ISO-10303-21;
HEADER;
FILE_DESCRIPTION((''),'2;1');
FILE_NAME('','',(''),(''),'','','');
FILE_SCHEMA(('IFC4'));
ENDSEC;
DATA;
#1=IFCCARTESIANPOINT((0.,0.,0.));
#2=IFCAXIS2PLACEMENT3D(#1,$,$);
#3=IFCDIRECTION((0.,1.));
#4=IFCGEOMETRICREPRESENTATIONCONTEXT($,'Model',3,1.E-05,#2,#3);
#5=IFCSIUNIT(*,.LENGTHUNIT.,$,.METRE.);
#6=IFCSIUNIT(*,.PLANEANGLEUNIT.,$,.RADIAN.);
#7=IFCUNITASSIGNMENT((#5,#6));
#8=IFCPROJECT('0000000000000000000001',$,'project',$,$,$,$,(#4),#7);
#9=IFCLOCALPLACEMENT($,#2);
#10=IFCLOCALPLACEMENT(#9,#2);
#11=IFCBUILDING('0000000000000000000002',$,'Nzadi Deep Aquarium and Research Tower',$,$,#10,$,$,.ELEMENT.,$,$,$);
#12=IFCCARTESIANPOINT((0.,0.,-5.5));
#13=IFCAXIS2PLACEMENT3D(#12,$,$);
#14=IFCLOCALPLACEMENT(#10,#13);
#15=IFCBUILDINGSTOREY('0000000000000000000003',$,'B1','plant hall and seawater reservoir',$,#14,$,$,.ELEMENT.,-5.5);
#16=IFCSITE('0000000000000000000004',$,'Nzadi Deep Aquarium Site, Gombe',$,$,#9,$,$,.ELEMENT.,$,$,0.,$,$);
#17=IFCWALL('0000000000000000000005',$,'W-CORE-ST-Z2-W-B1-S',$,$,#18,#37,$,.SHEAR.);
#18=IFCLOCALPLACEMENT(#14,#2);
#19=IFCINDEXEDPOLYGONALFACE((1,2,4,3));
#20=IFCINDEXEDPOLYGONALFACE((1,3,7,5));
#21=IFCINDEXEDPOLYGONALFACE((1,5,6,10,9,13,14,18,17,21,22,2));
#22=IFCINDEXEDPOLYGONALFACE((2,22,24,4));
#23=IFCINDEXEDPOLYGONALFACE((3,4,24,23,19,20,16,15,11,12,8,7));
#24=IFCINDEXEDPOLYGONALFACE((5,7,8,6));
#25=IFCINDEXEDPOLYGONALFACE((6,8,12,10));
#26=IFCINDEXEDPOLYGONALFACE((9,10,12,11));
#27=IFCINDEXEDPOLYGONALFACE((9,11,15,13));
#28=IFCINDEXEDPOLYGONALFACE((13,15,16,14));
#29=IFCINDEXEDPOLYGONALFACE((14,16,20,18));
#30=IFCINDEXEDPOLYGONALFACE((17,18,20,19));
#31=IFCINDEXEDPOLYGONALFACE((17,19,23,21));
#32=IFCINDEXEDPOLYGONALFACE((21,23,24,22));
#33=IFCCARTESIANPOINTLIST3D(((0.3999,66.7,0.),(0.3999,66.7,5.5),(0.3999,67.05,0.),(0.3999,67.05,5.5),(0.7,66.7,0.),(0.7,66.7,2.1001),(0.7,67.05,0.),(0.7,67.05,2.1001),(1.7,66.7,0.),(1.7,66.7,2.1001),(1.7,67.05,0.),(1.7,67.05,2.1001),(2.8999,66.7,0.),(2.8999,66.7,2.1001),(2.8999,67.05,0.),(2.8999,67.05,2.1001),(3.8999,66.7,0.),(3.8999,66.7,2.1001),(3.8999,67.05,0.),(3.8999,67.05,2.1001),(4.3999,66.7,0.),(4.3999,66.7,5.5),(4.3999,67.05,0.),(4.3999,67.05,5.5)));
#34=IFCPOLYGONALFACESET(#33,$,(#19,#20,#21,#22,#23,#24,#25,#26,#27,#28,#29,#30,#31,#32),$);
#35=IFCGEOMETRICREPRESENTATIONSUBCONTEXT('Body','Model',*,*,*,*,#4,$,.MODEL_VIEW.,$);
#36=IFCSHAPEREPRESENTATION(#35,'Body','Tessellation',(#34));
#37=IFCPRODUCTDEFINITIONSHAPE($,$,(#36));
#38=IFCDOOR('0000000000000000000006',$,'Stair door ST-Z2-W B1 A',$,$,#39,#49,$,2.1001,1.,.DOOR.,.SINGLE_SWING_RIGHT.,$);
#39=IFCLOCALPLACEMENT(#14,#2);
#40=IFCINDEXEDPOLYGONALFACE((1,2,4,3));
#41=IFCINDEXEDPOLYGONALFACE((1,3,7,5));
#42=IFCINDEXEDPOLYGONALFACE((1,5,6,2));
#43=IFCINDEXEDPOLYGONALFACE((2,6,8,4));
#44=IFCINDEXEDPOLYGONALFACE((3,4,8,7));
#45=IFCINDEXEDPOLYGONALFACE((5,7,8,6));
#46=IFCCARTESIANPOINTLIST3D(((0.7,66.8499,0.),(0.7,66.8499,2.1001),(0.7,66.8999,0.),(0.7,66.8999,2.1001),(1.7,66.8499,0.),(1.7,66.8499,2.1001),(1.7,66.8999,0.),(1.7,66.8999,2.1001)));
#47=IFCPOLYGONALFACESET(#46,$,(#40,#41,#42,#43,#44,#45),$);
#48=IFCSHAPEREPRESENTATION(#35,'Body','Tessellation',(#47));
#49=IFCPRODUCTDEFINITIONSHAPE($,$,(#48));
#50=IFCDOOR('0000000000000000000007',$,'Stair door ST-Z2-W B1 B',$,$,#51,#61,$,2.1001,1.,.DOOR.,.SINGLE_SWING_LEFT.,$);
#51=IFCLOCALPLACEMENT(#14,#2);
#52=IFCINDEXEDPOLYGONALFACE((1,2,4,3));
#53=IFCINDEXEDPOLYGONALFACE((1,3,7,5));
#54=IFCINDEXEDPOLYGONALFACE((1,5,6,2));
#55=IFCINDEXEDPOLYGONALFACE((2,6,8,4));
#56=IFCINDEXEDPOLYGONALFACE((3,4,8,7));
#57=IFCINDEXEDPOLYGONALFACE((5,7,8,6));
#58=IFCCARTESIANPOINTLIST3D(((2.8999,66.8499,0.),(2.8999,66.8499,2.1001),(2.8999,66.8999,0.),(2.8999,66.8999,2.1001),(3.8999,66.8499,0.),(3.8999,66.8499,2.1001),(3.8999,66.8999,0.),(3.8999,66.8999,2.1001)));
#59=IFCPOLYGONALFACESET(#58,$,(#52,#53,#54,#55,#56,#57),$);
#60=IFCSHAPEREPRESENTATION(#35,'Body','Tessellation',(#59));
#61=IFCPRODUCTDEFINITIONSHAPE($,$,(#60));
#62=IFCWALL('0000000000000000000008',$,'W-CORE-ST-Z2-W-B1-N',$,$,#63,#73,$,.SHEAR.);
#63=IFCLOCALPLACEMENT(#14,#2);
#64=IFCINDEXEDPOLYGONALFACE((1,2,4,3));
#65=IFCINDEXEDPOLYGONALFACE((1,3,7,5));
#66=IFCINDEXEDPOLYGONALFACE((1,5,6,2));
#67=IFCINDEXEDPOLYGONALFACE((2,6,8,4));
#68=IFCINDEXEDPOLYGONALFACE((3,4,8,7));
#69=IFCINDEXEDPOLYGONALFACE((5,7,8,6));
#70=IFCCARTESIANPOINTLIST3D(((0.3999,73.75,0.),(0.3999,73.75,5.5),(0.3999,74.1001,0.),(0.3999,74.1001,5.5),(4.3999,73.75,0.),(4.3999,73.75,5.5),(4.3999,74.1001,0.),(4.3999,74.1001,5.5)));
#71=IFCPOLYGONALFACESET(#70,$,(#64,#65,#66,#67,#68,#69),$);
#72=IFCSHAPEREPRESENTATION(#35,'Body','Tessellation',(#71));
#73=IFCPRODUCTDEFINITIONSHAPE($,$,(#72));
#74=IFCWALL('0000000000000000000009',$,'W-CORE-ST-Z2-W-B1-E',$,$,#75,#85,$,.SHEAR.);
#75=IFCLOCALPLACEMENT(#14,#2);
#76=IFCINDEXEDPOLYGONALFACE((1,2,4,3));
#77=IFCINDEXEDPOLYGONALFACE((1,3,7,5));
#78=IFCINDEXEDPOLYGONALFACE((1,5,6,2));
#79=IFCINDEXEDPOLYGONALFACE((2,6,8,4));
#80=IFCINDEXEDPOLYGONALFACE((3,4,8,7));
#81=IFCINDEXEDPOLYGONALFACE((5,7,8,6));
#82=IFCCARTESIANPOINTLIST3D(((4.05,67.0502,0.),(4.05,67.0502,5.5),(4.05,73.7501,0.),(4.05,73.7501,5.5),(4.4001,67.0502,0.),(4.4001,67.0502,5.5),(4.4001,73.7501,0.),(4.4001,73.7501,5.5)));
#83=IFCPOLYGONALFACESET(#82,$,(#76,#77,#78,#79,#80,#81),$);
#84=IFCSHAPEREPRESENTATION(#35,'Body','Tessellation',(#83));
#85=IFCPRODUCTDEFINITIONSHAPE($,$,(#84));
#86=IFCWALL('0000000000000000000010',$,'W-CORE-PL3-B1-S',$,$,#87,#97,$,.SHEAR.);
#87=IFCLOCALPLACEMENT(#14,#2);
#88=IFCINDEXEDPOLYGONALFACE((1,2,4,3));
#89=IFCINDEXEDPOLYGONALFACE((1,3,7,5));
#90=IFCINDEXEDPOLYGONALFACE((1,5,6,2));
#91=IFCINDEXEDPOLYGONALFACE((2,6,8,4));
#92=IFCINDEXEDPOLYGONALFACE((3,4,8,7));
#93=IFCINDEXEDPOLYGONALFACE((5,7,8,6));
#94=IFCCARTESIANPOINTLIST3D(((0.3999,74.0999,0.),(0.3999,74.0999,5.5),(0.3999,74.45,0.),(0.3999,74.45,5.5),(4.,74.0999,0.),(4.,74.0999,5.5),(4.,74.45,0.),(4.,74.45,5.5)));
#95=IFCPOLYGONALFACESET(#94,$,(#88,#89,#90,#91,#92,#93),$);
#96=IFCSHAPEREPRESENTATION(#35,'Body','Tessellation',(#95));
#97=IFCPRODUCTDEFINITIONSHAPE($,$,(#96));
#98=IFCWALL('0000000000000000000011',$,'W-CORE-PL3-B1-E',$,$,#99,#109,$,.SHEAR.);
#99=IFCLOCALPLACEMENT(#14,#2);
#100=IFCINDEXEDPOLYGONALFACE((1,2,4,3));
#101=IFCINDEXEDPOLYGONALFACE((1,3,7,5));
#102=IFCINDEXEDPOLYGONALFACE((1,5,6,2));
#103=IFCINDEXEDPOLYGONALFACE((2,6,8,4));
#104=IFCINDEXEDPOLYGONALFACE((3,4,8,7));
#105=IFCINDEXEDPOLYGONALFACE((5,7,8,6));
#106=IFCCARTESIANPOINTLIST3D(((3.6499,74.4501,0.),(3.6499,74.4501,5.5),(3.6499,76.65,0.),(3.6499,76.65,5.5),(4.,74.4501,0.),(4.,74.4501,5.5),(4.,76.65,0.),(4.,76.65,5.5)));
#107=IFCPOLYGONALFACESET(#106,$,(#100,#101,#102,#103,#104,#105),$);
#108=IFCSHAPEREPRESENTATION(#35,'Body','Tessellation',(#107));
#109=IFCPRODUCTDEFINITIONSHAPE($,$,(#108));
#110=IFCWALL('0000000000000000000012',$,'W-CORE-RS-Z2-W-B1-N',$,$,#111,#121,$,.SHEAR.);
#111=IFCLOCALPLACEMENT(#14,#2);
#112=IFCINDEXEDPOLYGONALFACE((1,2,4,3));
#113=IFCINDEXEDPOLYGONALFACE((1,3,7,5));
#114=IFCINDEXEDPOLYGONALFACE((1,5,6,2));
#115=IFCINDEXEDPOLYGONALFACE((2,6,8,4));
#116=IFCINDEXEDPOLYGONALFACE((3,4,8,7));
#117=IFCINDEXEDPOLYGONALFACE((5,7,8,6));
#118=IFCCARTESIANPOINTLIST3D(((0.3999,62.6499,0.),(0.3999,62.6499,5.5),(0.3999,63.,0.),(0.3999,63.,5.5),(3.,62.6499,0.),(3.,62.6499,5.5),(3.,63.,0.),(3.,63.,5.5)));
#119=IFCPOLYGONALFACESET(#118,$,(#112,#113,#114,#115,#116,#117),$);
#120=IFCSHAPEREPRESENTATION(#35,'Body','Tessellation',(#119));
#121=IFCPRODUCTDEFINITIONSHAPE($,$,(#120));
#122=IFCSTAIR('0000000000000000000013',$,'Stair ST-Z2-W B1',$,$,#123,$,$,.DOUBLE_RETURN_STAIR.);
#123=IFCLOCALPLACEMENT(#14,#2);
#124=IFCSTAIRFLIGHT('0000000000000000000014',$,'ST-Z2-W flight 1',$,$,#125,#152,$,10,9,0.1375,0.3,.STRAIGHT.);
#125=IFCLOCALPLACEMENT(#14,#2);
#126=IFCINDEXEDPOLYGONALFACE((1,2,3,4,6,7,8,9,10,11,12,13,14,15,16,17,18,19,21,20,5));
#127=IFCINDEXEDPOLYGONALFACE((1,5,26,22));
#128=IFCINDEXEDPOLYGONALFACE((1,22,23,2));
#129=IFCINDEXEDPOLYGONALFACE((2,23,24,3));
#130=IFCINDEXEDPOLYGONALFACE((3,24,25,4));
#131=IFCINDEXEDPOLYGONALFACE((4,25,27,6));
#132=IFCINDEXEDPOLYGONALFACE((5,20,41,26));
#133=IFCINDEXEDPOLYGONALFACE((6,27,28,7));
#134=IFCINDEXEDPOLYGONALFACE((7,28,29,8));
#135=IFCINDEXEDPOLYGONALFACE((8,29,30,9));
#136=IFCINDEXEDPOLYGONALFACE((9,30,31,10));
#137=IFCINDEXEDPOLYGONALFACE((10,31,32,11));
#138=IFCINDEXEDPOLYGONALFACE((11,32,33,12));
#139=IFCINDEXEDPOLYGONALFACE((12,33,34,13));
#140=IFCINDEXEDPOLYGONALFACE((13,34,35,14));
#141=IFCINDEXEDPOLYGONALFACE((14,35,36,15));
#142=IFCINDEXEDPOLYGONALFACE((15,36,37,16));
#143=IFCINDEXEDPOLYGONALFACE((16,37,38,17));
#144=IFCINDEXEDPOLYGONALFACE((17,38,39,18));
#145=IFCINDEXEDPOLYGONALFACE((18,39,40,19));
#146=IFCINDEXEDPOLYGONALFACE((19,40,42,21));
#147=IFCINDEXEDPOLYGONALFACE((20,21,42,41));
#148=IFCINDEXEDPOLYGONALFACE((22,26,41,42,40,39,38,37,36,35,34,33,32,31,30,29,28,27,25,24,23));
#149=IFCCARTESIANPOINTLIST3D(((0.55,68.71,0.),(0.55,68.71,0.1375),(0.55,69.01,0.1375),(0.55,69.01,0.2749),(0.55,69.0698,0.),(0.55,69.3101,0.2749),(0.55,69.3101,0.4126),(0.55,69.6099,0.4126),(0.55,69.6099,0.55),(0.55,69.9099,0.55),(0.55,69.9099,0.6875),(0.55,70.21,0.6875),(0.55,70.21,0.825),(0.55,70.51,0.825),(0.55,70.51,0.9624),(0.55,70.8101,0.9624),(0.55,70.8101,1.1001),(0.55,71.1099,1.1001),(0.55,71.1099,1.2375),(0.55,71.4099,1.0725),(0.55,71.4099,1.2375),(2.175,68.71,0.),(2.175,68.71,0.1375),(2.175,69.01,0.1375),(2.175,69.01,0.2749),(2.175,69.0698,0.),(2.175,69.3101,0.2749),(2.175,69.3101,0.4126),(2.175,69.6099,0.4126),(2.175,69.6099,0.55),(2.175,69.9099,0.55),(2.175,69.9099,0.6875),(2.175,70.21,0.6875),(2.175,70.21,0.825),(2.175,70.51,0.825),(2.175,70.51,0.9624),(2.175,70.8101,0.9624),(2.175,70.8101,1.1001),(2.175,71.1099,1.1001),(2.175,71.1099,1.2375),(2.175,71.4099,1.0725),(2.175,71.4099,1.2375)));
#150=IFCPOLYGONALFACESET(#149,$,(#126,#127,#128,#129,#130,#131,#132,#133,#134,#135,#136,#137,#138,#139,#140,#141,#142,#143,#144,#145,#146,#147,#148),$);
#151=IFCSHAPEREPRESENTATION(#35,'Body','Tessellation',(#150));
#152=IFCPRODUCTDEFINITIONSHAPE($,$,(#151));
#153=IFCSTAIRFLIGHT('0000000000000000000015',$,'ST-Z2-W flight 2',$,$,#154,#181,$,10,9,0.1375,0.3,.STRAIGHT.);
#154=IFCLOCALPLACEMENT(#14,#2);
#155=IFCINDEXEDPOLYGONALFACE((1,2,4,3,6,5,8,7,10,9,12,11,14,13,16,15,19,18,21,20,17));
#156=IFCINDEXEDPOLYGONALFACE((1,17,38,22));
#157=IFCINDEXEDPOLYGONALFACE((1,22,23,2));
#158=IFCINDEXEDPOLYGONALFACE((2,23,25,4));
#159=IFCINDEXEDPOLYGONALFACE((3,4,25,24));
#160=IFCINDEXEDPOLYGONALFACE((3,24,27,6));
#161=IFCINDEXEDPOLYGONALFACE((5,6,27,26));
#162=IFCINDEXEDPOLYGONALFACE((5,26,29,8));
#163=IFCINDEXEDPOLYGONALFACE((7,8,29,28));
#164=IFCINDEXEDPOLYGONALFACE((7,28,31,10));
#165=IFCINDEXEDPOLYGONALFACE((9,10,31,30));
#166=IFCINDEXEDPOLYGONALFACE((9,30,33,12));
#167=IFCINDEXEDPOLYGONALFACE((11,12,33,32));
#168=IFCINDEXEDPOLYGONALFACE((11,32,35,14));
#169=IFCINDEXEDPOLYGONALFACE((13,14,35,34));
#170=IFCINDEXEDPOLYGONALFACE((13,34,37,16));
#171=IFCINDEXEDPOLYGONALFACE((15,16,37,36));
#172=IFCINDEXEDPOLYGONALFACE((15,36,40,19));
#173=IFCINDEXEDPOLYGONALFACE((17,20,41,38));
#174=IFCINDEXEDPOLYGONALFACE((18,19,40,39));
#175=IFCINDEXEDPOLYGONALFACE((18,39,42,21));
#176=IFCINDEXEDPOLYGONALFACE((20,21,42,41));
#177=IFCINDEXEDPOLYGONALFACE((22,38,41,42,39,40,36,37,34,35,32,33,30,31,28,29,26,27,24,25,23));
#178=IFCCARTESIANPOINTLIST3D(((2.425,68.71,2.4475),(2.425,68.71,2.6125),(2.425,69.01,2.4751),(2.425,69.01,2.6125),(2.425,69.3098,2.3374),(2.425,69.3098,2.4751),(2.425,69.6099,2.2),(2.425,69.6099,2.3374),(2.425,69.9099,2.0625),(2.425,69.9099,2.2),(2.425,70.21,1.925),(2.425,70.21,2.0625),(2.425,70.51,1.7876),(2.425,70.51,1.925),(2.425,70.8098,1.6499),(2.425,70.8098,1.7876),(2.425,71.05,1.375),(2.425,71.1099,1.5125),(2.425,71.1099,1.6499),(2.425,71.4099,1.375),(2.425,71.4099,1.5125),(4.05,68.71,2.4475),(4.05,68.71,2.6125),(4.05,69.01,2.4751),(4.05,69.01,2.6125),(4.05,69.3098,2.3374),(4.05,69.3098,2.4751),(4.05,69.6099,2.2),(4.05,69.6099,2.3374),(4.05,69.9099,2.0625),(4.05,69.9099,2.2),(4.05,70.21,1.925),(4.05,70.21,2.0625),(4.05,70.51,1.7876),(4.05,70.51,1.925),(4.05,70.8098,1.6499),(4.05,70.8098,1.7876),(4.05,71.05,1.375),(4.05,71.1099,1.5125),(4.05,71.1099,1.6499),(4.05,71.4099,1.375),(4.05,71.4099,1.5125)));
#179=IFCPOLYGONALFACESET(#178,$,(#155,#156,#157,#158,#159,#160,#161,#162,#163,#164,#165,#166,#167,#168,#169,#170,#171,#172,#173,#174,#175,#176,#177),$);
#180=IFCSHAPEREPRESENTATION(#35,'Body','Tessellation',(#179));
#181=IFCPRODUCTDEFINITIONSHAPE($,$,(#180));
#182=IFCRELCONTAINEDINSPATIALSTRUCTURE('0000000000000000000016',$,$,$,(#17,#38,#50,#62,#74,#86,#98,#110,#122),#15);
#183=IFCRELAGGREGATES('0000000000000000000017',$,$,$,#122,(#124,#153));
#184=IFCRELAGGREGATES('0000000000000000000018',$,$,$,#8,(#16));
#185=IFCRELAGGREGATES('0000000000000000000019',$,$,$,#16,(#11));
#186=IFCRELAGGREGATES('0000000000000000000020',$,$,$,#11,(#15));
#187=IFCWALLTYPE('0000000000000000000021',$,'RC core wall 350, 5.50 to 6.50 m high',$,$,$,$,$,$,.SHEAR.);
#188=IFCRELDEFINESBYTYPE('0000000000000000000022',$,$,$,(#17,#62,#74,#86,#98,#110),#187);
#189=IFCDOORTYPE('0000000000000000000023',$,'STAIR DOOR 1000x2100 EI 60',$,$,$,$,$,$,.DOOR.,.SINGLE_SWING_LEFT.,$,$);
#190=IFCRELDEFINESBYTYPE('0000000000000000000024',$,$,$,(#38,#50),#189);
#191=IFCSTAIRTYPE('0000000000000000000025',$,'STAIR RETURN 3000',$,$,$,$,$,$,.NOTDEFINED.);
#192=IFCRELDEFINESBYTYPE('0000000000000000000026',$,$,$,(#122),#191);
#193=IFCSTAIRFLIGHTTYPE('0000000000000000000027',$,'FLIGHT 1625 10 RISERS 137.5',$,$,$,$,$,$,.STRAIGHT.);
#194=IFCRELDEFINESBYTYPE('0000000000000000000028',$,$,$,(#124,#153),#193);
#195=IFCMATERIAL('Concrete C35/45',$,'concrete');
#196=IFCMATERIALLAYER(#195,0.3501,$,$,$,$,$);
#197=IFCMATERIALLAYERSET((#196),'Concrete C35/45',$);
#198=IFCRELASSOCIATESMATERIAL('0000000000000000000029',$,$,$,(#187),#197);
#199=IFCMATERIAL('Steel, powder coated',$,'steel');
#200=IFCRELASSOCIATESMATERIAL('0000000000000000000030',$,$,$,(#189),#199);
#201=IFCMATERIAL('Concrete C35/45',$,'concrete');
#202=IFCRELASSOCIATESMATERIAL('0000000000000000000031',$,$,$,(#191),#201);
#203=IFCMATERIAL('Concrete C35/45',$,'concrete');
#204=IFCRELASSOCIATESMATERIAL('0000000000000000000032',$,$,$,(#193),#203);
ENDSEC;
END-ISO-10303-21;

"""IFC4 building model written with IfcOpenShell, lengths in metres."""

from ifc_helpers import new_model, si_unit, direction, frame, frame_2d, origin, place, context, subcontext, project, spatial, polyline, rectangle, outline, extrude, material, layer, layer_set, type_object, element, fill, aggregate, save


model = new_model("IFC4")

# Units and contexts
model_context = context("Model", 3, precision=1e-05, world=origin(), true_north=direction((0.0, 1.0)))
body_context = subcontext(model_context, "Body", "Model", "MODEL_VIEW")
ifc_project = project(units=[si_unit("LENGTHUNIT", "METRE"), si_unit("PLANEANGLEUNIT", "RADIAN")], contexts=[model_context])

# Site, building, storey
site_placement = place(None, origin())
site = spatial("IfcSite", under=ifc_project, at=site_placement, Name="Nzadi Deep Aquarium Site, Gombe", CompositionType="ELEMENT", RefElevation=0.0)
building_placement = place(site_placement, origin())
building = spatial("IfcBuilding", under=site, at=building_placement, Name="Nzadi Deep Aquarium and Research Tower", CompositionType="ELEMENT")
storey_placement = place(building_placement, frame((0.0, 0.0, -5.5)))
storey = spatial("IfcBuildingStorey", under=building, at=storey_placement, Name="B1", Description="plant hall and seawater reservoir", CompositionType="ELEMENT", Elevation=-5.5)

# Wall, openings, doors
ifc_material_1 = material(Name="Concrete C35/45", Category="concrete")
ifc_layer_1 = layer(ifc_material_1, 0.3501)
ifc_layer_set_1 = layer_set([ifc_layer_1], Name="Concrete C35/45")
wall_type_1 = type_object("IfcWallType", Name="RC core wall 350, 5.50 to 6.50 m high", PredefinedType="SHEAR", material=ifc_layer_set_1)
wall_1_placement = place(storey_placement, frame((0.3999, 66.875, 0.0), z_axis=(0.0, 0.0, 1.0), x_axis=(1.0, 0.0, 0.0)))
wall_1 = element("IfcWall", 1, at=wall_1_placement, inside=storey, type_object=wall_type_1, Name="W-CORE-ST-Z2-W-B1-S", PredefinedType="SHEAR", context=body_context, shape_type="SweptSolid", body=[
    extrude(rectangle(XDim=4.0, YDim=0.3501, at=frame_2d((2.0, 0.0))), origin(), (0.0, 0.0, 1.0), 5.5),
])
opening_1_placement = place(wall_1_placement, frame((0.3, 0.0, 0.0)))
opening_1 = element("IfcOpeningElement", 2, at=opening_1_placement, cuts=wall_1, PredefinedType="OPENING", context=body_context, shape_type="SweptSolid", body=[
    extrude(rectangle(XDim=1.0, YDim=2.1001, at=frame_2d((0.5, 1.05))), frame((0.0, 0.1851, 0.0), z_axis=(0.0, -1.0, 0.0), x_axis=(1.0, 0.0, 0.0)), (0.0, 0.0, 1.0), 0.3701),
])
opening_2_placement = place(wall_1_placement, frame((2.5, 0.0, 0.0)))
opening_2 = element("IfcOpeningElement", 3, at=opening_2_placement, cuts=wall_1, PredefinedType="OPENING", context=body_context, shape_type="SweptSolid", body=[
    extrude(rectangle(XDim=1.0, YDim=2.1001, at=frame_2d((0.5, 1.05))), frame((0.0, 0.1851, 0.0), z_axis=(0.0, -1.0, 0.0), x_axis=(1.0, 0.0, 0.0)), (0.0, 0.0, 1.0), 0.3701),
])
ifc_material_2 = material(Name="Steel, powder coated", Category="steel")
door_type = type_object("IfcDoorType", Name="STAIR DOOR 1000x2100 EI 60", OperationType="SINGLE_SWING_LEFT", PredefinedType="DOOR", material=ifc_material_2)
door_1_placement = place(opening_1_placement, origin())
door_1 = element("IfcDoor", 4, at=door_1_placement, inside=storey, type_object=door_type, Name="Stair door ST-Z2-W B1 A", OperationType="SINGLE_SWING_RIGHT", OverallHeight=2.1001, OverallWidth=1.0, PredefinedType="DOOR", context=body_context, shape_type="SweptSolid", body=[
    extrude(rectangle(XDim=1.0, YDim=2.1001, at=frame_2d((0.5, 1.05))), frame((0.0, 0.0249, 0.0), z_axis=(0.0, -1.0, 0.0), x_axis=(1.0, 0.0, 0.0)), (0.0, 0.0, 1.0), 0.05),
])
fill(opening_1, door_1)
door_2_placement = place(opening_2_placement, origin())
door_2 = element("IfcDoor", 5, at=door_2_placement, inside=storey, type_object=door_type, Name="Stair door ST-Z2-W B1 B", OperationType="SINGLE_SWING_LEFT", OverallHeight=2.1001, OverallWidth=1.0, PredefinedType="DOOR", context=body_context, shape_type="SweptSolid", body=[
    extrude(rectangle(XDim=1.0, YDim=2.1001, at=frame_2d((0.5, 1.05))), frame((0.0, 0.0249, 0.0), z_axis=(0.0, -1.0, 0.0), x_axis=(1.0, 0.0, 0.0)), (0.0, 0.0, 1.0), 0.05),
])
fill(opening_2, door_2)

# Walls
wall_2_placement = place(storey_placement, frame((0.3999, 73.925, 0.0), z_axis=(0.0, 0.0, 1.0), x_axis=(1.0, 0.0, 0.0)))
element("IfcWall", 6, at=wall_2_placement, inside=storey, type_object=wall_type_1, Name="W-CORE-ST-Z2-W-B1-N", PredefinedType="SHEAR", context=body_context, shape_type="SweptSolid", body=[
    extrude(rectangle(XDim=4.0, YDim=0.3501, at=frame_2d((2.0, 0.0))), origin(), (0.0, 0.0, 1.0), 5.5),
])
wall_3_placement = place(storey_placement, frame((4.2251, 67.05, 0.0), z_axis=(0.0, 0.0, 1.0), x_axis=(0.0, 1.0, 0.0)))
element("IfcWall", 7, at=wall_3_placement, inside=storey, type_object=wall_type_1, Name="W-CORE-ST-Z2-W-B1-E", PredefinedType="SHEAR", context=body_context, shape_type="SweptSolid", body=[
    extrude(rectangle(XDim=6.7, YDim=0.3501, at=frame_2d((3.3501, 0.0))), origin(), (0.0, 0.0, 1.0), 5.5),
])
wall_4_placement = place(storey_placement, frame((0.3999, 74.2749, 0.0), z_axis=(0.0, 0.0, 1.0), x_axis=(1.0, 0.0, 0.0)))
element("IfcWall", 8, at=wall_4_placement, inside=storey, type_object=wall_type_1, Name="W-CORE-PL3-B1-S", PredefinedType="SHEAR", context=body_context, shape_type="SweptSolid", body=[
    extrude(rectangle(XDim=3.6001, YDim=0.3501, at=frame_2d((1.8, 0.0))), origin(), (0.0, 0.0, 1.0), 5.5),
])
wall_5_placement = place(storey_placement, frame((3.825, 74.45, 0.0), z_axis=(0.0, 0.0, 1.0), x_axis=(0.0, 1.0, 0.0)))
element("IfcWall", 9, at=wall_5_placement, inside=storey, type_object=wall_type_1, Name="W-CORE-PL3-B1-E", PredefinedType="SHEAR", context=body_context, shape_type="SweptSolid", body=[
    extrude(rectangle(XDim=2.2, YDim=0.3501, at=frame_2d((1.1001, 0.0))), origin(), (0.0, 0.0, 1.0), 5.5),
])
wall_6_placement = place(storey_placement, frame((0.3999, 62.825, 0.0), z_axis=(0.0, 0.0, 1.0), x_axis=(1.0, 0.0, 0.0)))
element("IfcWall", 10, at=wall_6_placement, inside=storey, type_object=wall_type_1, Name="W-CORE-RS-Z2-W-B1-N", PredefinedType="SHEAR", context=body_context, shape_type="SweptSolid", body=[
    extrude(rectangle(XDim=2.6001, YDim=0.3501, at=frame_2d((1.3, 0.0))), origin(), (0.0, 0.0, 1.0), 5.5),
])

# Stair, stair flights
ifc_material_3 = material(Name="Concrete C35/45", Category="concrete")
stair_type = type_object("IfcStairType", Name="STAIR RETURN 3000", PredefinedType="NOTDEFINED", material=ifc_material_3)
stair_placement = place(storey_placement, origin())
stair = element("IfcStair", 11, at=stair_placement, inside=storey, type_object=stair_type, Name="Stair ST-Z2-W B1", PredefinedType="DOUBLE_RETURN_STAIR")
ifc_material_4 = material(Name="Concrete C35/45", Category="concrete")
stair_flight_type = type_object("IfcStairFlightType", Name="FLIGHT 1625 10 RISERS 137.5", PredefinedType="STRAIGHT", material=ifc_material_4)
stair_flight_1_placement = place(storey_placement, frame((1.3625, 68.71, 0.0), z_axis=(0.0, 0.0, 1.0), x_axis=(0.0, 1.0, 0.0)))
stair_flight_1 = element("IfcStairFlight", 12, at=stair_flight_1_placement, type_object=stair_flight_type, Name="ST-Z2-W flight 1", NumberOfRisers=10, NumberOfTreads=9, PredefinedType="STRAIGHT", RiserHeight=0.1375, TreadLength=0.3, context=body_context, shape_type="SweptSolid", body=[
    extrude(outline(polyline([(0.0, 0.0), (0.0, 0.1375), (0.3, 0.1375), (0.3, 0.2749), (0.6001, 0.2749), (0.6001, 0.4126), (0.8999, 0.4126), (0.8999, 0.55), (1.2, 0.55), (1.2, 0.6875), (1.5, 0.6875), (1.5, 0.825), (1.8, 0.825), (1.8, 0.9624), (2.1001, 0.9624), (2.1001, 1.1001), (2.3999, 1.1001), (2.3999, 1.2375), (2.7, 1.2375), (2.7, 1.375), (2.7, 1.0725), (0.3599, 0.0), (0.0, 0.0)])), frame((0.0, 0.8125, 0.0), z_axis=(0.0, -1.0, 0.0), x_axis=(1.0, 0.0, 0.0)), (0.0, 0.0, 1.0), 1.625),
])
stair_flight_2_placement = place(storey_placement, frame((3.2375, 71.4099, 1.375), z_axis=(0.0, 0.0, 1.0), x_axis=(0.0, -1.0, 0.0)))
stair_flight_2 = element("IfcStairFlight", 13, at=stair_flight_2_placement, type_object=stair_flight_type, Name="ST-Z2-W flight 2", NumberOfRisers=10, NumberOfTreads=9, PredefinedType="STRAIGHT", RiserHeight=0.1375, TreadLength=0.3, context=body_context, shape_type="SweptSolid", body=[
    extrude(outline(polyline([(0.0, 0.0), (0.0, 0.1375), (0.3, 0.1375), (0.3, 0.2749), (0.6001, 0.2749), (0.6001, 0.4126), (0.8999, 0.4126), (0.8999, 0.55), (1.2, 0.55), (1.2, 0.6875), (1.5, 0.6875), (1.5, 0.825), (1.8, 0.825), (1.8, 0.9624), (2.1001, 0.9624), (2.1001, 1.1001), (2.3999, 1.1001), (2.3999, 1.2375), (2.7, 1.2375), (2.7, 1.375), (2.7, 1.0725), (0.3599, 0.0), (0.0, 0.0)])), frame((0.0, 0.8125, 0.0), z_axis=(0.0, -1.0, 0.0), x_axis=(1.0, 0.0, 0.0)), (0.0, 0.0, 1.0), 1.625),
])
aggregate(stair, [stair_flight_1, stair_flight_2])

save(model, "model.ifc")
